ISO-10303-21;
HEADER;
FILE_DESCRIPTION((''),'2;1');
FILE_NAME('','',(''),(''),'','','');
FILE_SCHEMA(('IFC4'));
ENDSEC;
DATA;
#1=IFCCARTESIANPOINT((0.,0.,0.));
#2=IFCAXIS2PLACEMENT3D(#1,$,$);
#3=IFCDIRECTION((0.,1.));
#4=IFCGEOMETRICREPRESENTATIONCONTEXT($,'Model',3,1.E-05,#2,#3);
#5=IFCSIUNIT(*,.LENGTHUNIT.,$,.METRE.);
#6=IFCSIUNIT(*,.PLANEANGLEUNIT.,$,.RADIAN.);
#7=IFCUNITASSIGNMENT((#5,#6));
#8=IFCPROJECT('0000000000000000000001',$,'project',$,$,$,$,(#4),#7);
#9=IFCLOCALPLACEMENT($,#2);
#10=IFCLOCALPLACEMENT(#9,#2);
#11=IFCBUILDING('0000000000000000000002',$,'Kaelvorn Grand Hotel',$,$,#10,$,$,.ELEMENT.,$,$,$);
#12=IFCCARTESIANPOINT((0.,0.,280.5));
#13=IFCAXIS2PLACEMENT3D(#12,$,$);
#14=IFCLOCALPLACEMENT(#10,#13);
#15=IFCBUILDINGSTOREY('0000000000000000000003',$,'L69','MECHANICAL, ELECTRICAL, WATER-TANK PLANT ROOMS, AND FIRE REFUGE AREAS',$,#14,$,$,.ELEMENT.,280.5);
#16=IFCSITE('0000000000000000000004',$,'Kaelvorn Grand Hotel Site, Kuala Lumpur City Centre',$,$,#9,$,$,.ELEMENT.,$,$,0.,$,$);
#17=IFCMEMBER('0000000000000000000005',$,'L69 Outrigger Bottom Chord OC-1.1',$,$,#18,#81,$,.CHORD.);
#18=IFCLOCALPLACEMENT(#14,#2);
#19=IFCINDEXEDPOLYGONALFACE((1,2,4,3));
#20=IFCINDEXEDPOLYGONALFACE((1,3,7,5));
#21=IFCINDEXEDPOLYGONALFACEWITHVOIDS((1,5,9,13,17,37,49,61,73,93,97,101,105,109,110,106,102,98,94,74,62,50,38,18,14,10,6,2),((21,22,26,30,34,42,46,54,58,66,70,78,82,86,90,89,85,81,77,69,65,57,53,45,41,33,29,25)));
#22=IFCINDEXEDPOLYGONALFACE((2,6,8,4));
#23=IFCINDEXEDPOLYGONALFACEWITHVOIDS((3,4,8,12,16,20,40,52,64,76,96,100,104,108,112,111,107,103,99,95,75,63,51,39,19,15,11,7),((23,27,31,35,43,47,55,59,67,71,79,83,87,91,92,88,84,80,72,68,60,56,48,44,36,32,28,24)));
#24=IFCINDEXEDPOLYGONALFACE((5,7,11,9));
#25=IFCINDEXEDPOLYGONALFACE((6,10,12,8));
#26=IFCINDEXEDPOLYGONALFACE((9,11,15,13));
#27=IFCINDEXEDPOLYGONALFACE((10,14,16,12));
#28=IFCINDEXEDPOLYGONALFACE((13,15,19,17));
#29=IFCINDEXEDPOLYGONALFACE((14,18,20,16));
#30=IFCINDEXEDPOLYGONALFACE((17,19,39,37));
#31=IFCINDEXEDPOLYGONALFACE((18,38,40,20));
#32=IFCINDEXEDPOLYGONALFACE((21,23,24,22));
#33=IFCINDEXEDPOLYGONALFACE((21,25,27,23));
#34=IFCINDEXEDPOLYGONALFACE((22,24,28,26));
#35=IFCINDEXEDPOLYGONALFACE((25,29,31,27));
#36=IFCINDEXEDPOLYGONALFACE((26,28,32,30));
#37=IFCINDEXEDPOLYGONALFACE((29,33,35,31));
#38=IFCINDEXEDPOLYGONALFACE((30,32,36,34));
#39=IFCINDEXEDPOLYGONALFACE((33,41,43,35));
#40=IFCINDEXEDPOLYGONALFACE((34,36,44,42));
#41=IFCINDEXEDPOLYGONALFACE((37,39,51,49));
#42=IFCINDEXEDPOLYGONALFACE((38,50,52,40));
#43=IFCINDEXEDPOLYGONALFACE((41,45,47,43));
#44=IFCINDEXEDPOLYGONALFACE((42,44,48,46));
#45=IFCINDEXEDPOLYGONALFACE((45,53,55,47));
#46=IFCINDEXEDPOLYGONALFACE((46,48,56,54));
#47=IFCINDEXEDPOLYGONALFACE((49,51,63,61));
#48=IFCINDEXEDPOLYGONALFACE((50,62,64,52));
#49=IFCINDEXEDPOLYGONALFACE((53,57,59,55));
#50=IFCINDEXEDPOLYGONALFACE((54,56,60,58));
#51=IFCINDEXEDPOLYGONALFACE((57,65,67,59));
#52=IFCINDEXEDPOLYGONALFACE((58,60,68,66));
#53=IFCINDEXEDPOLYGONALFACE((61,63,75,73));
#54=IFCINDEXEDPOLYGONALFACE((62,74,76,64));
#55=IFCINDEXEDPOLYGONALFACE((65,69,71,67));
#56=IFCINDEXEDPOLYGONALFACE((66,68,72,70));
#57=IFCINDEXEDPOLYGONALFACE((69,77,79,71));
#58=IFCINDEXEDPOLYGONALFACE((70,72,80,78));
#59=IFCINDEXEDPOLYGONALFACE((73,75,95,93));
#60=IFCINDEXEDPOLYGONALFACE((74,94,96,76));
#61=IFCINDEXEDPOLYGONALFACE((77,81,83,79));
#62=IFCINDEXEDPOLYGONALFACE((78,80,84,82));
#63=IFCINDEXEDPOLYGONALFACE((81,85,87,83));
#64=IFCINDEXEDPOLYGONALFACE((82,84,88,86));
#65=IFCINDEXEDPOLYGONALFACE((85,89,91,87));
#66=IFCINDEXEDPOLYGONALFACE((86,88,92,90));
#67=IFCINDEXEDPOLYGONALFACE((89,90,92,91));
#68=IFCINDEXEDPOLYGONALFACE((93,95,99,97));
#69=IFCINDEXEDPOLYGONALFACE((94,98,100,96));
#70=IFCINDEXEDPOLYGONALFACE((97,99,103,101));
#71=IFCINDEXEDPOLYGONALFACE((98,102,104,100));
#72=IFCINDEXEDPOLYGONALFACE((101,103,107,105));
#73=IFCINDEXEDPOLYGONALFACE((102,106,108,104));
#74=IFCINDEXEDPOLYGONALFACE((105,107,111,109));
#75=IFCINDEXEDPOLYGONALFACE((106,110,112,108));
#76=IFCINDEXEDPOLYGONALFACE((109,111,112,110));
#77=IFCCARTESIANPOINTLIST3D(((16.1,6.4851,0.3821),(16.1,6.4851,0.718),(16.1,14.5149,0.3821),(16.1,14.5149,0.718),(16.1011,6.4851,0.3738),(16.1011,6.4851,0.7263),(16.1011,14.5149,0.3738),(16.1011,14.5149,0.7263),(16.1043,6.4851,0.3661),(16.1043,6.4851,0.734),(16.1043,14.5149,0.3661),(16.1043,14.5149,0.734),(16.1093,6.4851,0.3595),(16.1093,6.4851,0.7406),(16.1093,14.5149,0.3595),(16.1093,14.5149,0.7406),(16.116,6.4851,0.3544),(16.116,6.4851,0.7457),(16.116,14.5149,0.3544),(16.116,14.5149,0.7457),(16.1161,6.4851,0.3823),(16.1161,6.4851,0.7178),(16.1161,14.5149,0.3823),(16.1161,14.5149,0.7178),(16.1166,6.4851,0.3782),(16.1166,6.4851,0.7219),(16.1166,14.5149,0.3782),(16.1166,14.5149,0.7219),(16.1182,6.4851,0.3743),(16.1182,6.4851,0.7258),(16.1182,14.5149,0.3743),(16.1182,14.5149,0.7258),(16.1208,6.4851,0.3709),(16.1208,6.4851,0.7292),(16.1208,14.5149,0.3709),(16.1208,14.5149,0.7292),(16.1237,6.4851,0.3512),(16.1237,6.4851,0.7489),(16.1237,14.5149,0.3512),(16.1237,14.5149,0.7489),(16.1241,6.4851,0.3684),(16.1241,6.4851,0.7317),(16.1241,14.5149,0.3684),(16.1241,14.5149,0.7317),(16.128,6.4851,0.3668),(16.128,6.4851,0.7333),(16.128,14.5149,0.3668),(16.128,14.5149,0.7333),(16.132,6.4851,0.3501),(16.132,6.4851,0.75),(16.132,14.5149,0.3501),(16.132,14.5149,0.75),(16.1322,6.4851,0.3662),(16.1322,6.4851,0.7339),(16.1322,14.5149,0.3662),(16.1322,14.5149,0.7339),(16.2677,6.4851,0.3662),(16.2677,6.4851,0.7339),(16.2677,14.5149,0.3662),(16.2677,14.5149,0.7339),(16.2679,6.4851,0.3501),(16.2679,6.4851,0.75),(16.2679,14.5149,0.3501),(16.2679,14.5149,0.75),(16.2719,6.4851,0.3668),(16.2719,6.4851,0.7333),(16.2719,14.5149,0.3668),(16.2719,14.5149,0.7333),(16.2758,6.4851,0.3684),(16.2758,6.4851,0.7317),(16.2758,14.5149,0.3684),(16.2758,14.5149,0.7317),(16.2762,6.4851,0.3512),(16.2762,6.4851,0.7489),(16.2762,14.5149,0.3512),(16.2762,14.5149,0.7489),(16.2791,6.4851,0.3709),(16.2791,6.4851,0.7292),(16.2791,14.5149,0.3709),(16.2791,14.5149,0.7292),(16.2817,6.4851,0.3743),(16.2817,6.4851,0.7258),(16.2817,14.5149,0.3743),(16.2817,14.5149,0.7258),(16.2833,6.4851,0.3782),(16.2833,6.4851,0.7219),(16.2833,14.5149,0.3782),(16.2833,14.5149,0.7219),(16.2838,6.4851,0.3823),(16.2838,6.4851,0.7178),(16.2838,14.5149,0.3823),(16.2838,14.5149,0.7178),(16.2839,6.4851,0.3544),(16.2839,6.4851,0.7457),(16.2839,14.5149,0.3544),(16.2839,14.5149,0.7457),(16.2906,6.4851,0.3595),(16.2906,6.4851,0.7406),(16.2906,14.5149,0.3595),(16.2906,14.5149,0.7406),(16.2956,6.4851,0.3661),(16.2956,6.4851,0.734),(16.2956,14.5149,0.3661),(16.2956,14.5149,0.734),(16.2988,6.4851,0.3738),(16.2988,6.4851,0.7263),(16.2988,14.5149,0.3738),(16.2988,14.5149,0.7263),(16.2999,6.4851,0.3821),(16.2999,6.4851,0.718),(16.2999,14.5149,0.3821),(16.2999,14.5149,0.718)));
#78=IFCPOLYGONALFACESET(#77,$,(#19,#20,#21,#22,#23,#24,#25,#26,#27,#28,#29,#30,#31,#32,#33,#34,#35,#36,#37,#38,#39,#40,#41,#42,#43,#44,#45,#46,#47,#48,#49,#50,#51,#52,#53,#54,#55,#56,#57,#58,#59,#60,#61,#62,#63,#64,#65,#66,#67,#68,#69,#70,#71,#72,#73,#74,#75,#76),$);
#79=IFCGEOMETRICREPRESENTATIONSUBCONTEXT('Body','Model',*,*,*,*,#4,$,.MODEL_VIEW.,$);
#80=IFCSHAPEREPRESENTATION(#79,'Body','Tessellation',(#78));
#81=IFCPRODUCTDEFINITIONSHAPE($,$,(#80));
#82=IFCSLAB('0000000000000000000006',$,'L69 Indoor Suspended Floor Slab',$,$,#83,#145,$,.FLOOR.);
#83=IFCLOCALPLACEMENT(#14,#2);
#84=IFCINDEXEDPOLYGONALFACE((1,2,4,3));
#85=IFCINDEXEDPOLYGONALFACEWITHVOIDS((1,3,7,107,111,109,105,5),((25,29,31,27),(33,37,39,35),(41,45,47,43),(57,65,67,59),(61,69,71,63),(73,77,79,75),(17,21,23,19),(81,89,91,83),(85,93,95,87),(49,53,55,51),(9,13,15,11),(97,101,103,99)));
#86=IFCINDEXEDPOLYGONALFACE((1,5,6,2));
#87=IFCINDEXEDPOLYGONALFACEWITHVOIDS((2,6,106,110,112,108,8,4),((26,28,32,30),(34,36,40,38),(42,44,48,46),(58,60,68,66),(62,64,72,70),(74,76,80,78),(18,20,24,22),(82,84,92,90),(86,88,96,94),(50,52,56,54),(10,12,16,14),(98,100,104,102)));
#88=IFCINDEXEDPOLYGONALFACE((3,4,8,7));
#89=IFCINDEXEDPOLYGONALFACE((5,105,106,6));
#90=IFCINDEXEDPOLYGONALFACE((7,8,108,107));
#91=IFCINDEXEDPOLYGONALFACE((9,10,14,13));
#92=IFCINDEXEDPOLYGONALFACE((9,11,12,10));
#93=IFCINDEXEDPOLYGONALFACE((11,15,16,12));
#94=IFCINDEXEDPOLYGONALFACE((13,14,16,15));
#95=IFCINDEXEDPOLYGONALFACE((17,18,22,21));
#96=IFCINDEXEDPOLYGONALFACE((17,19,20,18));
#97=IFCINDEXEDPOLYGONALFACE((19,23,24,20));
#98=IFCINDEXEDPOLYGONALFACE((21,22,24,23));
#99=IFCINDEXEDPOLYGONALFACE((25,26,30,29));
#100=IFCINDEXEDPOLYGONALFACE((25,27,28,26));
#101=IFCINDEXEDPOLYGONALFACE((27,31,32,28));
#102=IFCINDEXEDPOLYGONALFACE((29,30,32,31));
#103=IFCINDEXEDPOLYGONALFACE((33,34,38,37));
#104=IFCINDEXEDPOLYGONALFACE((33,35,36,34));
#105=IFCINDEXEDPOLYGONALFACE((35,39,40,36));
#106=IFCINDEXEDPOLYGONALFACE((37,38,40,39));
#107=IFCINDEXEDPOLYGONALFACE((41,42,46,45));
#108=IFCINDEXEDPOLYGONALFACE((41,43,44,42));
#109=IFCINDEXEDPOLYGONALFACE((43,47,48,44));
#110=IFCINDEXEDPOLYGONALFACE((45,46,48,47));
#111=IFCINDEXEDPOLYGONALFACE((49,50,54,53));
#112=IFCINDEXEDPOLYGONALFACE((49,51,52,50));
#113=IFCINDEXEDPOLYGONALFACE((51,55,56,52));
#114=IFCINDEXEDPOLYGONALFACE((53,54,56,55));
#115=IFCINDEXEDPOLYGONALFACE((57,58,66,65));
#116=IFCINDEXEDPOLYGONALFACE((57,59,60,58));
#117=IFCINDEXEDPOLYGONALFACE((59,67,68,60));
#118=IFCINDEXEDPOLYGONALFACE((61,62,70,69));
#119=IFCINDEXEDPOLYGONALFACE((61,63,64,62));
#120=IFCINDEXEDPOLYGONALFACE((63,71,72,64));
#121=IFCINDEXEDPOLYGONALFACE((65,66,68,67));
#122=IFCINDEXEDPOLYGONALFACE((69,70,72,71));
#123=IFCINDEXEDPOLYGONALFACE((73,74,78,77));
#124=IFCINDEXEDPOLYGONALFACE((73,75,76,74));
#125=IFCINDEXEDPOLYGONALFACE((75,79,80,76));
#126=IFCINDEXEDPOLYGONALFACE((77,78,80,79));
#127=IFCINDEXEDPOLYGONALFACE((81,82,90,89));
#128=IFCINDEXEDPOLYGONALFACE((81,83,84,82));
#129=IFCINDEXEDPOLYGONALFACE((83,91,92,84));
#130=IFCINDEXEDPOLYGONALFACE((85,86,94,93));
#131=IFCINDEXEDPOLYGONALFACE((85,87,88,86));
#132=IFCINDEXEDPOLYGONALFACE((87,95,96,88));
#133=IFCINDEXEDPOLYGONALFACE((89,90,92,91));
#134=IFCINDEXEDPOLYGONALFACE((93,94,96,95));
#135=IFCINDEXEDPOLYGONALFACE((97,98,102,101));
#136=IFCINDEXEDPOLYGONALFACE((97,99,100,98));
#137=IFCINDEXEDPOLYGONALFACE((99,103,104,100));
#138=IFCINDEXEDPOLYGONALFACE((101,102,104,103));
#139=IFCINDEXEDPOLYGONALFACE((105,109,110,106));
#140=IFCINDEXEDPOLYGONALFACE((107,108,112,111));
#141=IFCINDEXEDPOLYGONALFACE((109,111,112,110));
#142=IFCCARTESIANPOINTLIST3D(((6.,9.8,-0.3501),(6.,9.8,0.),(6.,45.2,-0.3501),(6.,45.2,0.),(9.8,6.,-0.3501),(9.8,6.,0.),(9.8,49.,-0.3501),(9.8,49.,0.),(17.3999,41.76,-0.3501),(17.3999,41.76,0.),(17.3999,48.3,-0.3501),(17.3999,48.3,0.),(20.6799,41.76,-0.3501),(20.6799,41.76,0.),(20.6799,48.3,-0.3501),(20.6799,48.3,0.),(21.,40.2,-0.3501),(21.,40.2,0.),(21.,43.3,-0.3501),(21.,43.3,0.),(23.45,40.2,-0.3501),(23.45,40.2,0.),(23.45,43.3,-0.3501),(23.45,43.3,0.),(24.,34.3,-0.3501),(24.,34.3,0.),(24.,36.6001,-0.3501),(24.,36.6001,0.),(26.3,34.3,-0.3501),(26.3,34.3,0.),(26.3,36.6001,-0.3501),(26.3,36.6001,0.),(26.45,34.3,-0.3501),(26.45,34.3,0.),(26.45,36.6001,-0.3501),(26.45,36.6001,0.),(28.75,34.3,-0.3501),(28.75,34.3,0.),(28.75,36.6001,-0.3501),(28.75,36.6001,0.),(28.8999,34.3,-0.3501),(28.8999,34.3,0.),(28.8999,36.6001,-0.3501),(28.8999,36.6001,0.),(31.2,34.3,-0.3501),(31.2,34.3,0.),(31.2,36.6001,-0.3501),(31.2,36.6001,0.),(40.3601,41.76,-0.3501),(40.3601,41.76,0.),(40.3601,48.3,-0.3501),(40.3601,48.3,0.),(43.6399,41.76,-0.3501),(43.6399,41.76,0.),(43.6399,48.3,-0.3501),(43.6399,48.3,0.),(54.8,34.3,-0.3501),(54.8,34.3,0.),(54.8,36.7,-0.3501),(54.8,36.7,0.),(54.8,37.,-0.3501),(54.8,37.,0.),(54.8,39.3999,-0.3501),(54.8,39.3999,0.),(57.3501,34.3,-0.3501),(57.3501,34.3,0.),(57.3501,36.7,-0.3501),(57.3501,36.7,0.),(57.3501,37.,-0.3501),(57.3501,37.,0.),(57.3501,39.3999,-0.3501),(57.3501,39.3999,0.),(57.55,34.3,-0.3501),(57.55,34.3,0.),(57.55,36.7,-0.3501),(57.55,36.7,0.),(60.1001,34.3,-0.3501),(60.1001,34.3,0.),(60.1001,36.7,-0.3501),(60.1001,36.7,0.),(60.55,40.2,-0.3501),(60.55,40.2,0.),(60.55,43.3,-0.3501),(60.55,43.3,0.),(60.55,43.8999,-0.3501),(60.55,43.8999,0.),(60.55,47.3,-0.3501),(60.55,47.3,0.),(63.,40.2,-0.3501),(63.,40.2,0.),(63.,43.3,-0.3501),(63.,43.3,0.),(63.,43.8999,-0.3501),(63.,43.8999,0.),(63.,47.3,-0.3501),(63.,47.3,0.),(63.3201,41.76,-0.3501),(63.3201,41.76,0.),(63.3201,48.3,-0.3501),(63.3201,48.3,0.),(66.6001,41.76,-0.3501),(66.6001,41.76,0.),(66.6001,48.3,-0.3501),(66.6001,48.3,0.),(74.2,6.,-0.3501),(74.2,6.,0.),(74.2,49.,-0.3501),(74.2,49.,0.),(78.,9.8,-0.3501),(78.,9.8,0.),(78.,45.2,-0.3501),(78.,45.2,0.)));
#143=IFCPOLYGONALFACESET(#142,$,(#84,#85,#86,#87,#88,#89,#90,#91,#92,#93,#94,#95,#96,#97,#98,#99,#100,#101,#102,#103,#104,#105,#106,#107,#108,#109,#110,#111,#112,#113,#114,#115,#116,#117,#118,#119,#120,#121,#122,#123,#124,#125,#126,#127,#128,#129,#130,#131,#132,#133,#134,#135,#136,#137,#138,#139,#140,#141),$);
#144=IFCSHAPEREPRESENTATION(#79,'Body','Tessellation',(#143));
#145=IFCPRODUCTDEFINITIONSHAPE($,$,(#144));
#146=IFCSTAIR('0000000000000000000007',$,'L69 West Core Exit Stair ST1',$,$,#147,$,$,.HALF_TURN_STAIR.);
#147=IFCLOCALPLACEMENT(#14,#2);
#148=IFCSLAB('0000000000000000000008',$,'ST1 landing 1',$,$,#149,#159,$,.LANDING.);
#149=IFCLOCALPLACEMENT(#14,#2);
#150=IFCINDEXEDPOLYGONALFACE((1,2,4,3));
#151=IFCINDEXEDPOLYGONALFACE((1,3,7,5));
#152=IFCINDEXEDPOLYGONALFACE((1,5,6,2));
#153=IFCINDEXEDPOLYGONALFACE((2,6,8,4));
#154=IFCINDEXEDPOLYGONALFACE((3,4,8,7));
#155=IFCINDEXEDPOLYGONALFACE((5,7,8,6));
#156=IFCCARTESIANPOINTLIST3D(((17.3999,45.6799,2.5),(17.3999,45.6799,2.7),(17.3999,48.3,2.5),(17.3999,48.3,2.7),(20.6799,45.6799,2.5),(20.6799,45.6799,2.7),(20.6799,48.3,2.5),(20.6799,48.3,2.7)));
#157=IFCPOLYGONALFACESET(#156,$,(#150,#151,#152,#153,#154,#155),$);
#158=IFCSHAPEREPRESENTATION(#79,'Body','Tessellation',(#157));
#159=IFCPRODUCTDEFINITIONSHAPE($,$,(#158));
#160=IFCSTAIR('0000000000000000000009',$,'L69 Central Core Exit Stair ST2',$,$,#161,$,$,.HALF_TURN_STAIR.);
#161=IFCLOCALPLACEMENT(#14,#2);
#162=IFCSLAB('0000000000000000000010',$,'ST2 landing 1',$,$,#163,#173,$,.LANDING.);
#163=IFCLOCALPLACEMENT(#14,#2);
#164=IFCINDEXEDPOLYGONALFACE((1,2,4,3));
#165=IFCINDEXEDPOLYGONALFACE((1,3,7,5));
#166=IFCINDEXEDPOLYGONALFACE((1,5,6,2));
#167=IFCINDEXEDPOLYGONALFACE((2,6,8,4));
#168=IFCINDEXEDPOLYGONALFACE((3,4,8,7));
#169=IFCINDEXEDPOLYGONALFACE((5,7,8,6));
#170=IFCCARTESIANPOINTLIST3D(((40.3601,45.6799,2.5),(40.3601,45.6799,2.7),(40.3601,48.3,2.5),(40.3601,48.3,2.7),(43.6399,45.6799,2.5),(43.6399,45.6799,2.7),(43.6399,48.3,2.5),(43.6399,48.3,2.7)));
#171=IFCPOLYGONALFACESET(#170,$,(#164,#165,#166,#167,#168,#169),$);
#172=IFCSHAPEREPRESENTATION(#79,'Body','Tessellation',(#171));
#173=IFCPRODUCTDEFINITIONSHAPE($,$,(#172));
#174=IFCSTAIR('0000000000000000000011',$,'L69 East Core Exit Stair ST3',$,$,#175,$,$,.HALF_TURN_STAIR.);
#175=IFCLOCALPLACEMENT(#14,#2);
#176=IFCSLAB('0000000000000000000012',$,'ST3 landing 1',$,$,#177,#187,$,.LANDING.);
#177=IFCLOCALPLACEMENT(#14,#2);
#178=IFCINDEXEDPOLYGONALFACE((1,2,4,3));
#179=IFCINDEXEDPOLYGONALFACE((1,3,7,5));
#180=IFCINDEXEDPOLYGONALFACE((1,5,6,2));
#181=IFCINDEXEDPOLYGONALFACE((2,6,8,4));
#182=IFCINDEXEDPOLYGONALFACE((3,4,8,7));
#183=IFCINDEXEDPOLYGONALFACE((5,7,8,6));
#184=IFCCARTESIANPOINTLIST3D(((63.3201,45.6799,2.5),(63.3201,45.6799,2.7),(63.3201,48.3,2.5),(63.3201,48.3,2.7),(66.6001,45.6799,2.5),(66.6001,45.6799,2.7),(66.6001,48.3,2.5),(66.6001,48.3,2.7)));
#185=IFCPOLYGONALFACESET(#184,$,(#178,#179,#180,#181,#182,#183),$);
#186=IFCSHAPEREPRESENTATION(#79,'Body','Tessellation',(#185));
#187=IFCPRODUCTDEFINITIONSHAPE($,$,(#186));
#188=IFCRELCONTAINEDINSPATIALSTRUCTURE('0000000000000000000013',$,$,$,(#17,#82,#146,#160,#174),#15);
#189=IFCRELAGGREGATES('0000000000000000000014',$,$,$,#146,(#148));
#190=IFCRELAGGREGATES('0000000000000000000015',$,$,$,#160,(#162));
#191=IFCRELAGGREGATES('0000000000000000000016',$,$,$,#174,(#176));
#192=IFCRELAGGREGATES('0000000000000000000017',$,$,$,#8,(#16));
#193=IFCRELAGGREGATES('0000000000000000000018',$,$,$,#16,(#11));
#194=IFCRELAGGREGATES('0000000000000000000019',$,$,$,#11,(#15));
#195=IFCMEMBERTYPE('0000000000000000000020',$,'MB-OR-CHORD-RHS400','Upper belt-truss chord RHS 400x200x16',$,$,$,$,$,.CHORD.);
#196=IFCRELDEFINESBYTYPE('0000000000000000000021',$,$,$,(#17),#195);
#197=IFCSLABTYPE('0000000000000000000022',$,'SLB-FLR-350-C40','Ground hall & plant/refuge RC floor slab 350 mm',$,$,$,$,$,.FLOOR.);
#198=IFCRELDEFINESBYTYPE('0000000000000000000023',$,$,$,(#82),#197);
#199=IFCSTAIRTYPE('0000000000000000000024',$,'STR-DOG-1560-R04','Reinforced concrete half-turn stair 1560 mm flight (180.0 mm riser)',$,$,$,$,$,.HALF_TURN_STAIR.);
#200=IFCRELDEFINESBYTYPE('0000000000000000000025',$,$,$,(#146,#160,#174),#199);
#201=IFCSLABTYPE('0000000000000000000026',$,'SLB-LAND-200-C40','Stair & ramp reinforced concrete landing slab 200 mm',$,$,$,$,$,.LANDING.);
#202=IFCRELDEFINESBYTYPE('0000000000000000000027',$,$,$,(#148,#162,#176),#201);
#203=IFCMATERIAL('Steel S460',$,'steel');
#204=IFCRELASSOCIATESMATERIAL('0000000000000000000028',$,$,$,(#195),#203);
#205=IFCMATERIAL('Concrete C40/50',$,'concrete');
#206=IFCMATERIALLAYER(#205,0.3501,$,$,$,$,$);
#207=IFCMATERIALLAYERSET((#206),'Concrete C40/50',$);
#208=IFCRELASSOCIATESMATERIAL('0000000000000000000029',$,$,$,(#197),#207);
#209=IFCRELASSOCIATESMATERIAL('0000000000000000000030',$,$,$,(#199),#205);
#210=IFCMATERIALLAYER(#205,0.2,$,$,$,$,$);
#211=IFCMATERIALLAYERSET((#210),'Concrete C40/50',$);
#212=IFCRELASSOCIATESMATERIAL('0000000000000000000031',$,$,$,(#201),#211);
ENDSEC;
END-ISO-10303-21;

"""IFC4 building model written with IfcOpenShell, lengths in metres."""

from ifc_helpers import new_model, si_unit, direction, frame, origin, origin_2d, place, context, subcontext, project, spatial, polyline, hollow_rectangle, outline, extrude, material, layer, layer_set, material_profile, profile_set, type_object, element, aggregate, save


model = new_model("IFC4")

# Units and contexts
model_context = context("Model", 3, precision=1e-05, world=origin(), true_north=direction((0.0, 1.0)))
body_context = subcontext(model_context, "Body", "Model", "MODEL_VIEW")
ifc_project = project(units=[si_unit("LENGTHUNIT", "METRE"), si_unit("PLANEANGLEUNIT", "RADIAN")], contexts=[model_context])

# Site, building, storey
site_placement = place(None, origin())
site = spatial("IfcSite", under=ifc_project, at=site_placement, Name="Kaelvorn Grand Hotel Site, Kuala Lumpur City Centre", CompositionType="ELEMENT", RefElevation=0.0)
building_placement = place(site_placement, origin())
building = spatial("IfcBuilding", under=site, at=building_placement, Name="Kaelvorn Grand Hotel", CompositionType="ELEMENT")
storey_placement = place(building_placement, frame((0.0, 0.0, 280.5)))
storey = spatial("IfcBuildingStorey", under=building, at=storey_placement, Name="L69", Description="MECHANICAL, ELECTRICAL, WATER-TANK PLANT ROOMS, AND FIRE REFUGE AREAS", CompositionType="ELEMENT", Elevation=280.5)

# Shared definitions
ifc_material_1 = material(Name="Steel S460", Category="steel")

# Member
ifc_material_profile_1 = material_profile(ifc_material_1, hollow_rectangle(XDim=0.2, YDim=0.3999, WallThickness=0.0161, InnerFilletRadius=0.0161, OuterFilletRadius=0.032, at=origin_2d()), Name="RHS 400x200x16.0")
ifc_profile_set_1 = profile_set([ifc_material_profile_1], Name="Steel S460")
member_type = type_object("IfcMemberType", Name="MB-OR-CHORD-RHS400", Description="Upper belt-truss chord RHS 400x200x16", PredefinedType="CHORD", material=ifc_profile_set_1)
member_placement = place(storey_placement, frame((16.2, 6.4851, 0.55), z_axis=(0.0, 1.0, 0.0), x_axis=(-1.0, 0.0, 0.0)))
element("IfcMember", 1, at=member_placement, inside=storey, type_object=member_type, Name="L69 Outrigger Bottom Chord OC-1.1", PredefinedType="CHORD", context=body_context, shape_type="SweptSolid", body=[
    extrude(hollow_rectangle(XDim=0.2, YDim=0.3999, WallThickness=0.0161, InnerFilletRadius=0.0161, OuterFilletRadius=0.032, at=origin_2d()), origin(), (0.0, 0.0, 1.0), 8.0298),
])

# Slab
ifc_material_2 = material(Name="Concrete C40/50", Category="concrete")
ifc_layer_1 = layer(ifc_material_2, 0.3501)
ifc_layer_set_1 = layer_set([ifc_layer_1], Name="Concrete C40/50")
slab_type_1 = type_object("IfcSlabType", Name="SLB-FLR-350-C40", Description="Ground hall & plant/refuge RC floor slab 350 mm", PredefinedType="FLOOR", material=ifc_layer_set_1)
slab_1_placement = place(storey_placement, frame((0.0, 0.0, -0.3501)))
element("IfcSlab", 2, at=slab_1_placement, inside=storey, type_object=slab_type_1, Name="L69 Indoor Suspended Floor Slab", PredefinedType="FLOOR", context=body_context, shape_type="SweptSolid", body=[
    extrude(outline(polyline([(9.8, 6.0), (74.2, 6.0), (78.0, 9.8), (78.0, 45.2), (74.2, 49.0), (9.8, 49.0), (6.0, 45.2), (6.0, 9.8), (9.8, 6.0)]), holes=[polyline([(17.3999, 41.76), (17.3999, 48.3), (20.6799, 48.3), (20.6799, 41.76), (17.3999, 41.76)]), polyline([(40.3601, 41.76), (40.3601, 48.3), (43.6399, 48.3), (43.6399, 41.76), (40.3601, 41.76)]), polyline([(63.3201, 41.76), (63.3201, 48.3), (66.6001, 48.3), (66.6001, 41.76), (63.3201, 41.76)]), polyline([(24.0, 34.3), (24.0, 36.6001), (26.3, 36.6001), (26.3, 34.3), (24.0, 34.3)]), polyline([(26.45, 34.3), (26.45, 36.6001), (28.75, 36.6001), (28.75, 34.3), (26.45, 34.3)]), polyline([(28.8999, 34.3), (28.8999, 36.6001), (31.2, 36.6001), (31.2, 34.3), (28.8999, 34.3)]), polyline([(54.8, 34.3), (54.8, 36.7), (57.3501, 36.7), (57.3501, 34.3), (54.8, 34.3)]), polyline([(57.55, 34.3), (57.55, 36.7), (60.1001, 36.7), (60.1001, 34.3), (57.55, 34.3)]), polyline([(54.8, 37.0), (54.8, 39.3999), (57.3501, 39.3999), (57.3501, 37.0), (54.8, 37.0)]), polyline([(21.0, 40.2), (21.0, 43.3), (23.45, 43.3), (23.45, 40.2), (21.0, 40.2)]), polyline([(60.55, 40.2), (60.55, 43.3), (63.0, 43.3), (63.0, 40.2), (60.55, 40.2)]), polyline([(60.55, 43.8999), (60.55, 47.3), (63.0, 47.3), (63.0, 43.8999), (60.55, 43.8999)])]), origin(), (0.0, 0.0, 1.0), 0.3501),
])

# Stairs, slabs
stair_type = type_object("IfcStairType", Name="STR-DOG-1560-R04", Description="Reinforced concrete half-turn stair 1560 mm flight (180.0 mm riser)", PredefinedType="HALF_TURN_STAIR", material=ifc_material_2)
stair_1_placement = place(storey_placement, origin())
stair_1 = element("IfcStair", 3, at=stair_1_placement, inside=storey, type_object=stair_type, Name="L69 West Core Exit Stair ST1", PredefinedType="HALF_TURN_STAIR")
ifc_layer_2 = layer(ifc_material_2, 0.2)
ifc_layer_set_2 = layer_set([ifc_layer_2], Name="Concrete C40/50")
slab_type_2 = type_object("IfcSlabType", Name="SLB-LAND-200-C40", Description="Stair & ramp reinforced concrete landing slab 200 mm", PredefinedType="LANDING", material=ifc_layer_set_2)
slab_2_placement = place(storey_placement, frame((0.0, 0.0, 2.5)))
slab_2 = element("IfcSlab", 4, at=slab_2_placement, type_object=slab_type_2, Name="ST1 landing 1", PredefinedType="LANDING", context=body_context, shape_type="SweptSolid", body=[
    extrude(outline(polyline([(20.6799, 45.6799), (20.6799, 48.3), (17.3999, 48.3), (17.3999, 45.6799), (20.6799, 45.6799)])), origin(), (0.0, 0.0, 1.0), 0.2),
])
aggregate(stair_1, [slab_2])
stair_2_placement = place(storey_placement, origin())
stair_2 = element("IfcStair", 5, at=stair_2_placement, inside=storey, type_object=stair_type, Name="L69 Central Core Exit Stair ST2", PredefinedType="HALF_TURN_STAIR")
slab_3_placement = place(storey_placement, frame((0.0, 0.0, 2.5)))
slab_3 = element("IfcSlab", 6, at=slab_3_placement, type_object=slab_type_2, Name="ST2 landing 1", PredefinedType="LANDING", context=body_context, shape_type="SweptSolid", body=[
    extrude(outline(polyline([(43.6399, 45.6799), (43.6399, 48.3), (40.3601, 48.3), (40.3601, 45.6799), (43.6399, 45.6799)])), origin(), (0.0, 0.0, 1.0), 0.2),
])
aggregate(stair_2, [slab_3])
stair_3_placement = place(storey_placement, origin())
stair_3 = element("IfcStair", 7, at=stair_3_placement, inside=storey, type_object=stair_type, Name="L69 East Core Exit Stair ST3", PredefinedType="HALF_TURN_STAIR")
slab_4_placement = place(storey_placement, frame((0.0, 0.0, 2.5)))
slab_4 = element("IfcSlab", 8, at=slab_4_placement, type_object=slab_type_2, Name="ST3 landing 1", PredefinedType="LANDING", context=body_context, shape_type="SweptSolid", body=[
    extrude(outline(polyline([(66.6001, 45.6799), (66.6001, 48.3), (63.3201, 48.3), (63.3201, 45.6799), (66.6001, 45.6799)])), origin(), (0.0, 0.0, 1.0), 0.2),
])
aggregate(stair_3, [slab_4])

save(model, "model.ifc")
